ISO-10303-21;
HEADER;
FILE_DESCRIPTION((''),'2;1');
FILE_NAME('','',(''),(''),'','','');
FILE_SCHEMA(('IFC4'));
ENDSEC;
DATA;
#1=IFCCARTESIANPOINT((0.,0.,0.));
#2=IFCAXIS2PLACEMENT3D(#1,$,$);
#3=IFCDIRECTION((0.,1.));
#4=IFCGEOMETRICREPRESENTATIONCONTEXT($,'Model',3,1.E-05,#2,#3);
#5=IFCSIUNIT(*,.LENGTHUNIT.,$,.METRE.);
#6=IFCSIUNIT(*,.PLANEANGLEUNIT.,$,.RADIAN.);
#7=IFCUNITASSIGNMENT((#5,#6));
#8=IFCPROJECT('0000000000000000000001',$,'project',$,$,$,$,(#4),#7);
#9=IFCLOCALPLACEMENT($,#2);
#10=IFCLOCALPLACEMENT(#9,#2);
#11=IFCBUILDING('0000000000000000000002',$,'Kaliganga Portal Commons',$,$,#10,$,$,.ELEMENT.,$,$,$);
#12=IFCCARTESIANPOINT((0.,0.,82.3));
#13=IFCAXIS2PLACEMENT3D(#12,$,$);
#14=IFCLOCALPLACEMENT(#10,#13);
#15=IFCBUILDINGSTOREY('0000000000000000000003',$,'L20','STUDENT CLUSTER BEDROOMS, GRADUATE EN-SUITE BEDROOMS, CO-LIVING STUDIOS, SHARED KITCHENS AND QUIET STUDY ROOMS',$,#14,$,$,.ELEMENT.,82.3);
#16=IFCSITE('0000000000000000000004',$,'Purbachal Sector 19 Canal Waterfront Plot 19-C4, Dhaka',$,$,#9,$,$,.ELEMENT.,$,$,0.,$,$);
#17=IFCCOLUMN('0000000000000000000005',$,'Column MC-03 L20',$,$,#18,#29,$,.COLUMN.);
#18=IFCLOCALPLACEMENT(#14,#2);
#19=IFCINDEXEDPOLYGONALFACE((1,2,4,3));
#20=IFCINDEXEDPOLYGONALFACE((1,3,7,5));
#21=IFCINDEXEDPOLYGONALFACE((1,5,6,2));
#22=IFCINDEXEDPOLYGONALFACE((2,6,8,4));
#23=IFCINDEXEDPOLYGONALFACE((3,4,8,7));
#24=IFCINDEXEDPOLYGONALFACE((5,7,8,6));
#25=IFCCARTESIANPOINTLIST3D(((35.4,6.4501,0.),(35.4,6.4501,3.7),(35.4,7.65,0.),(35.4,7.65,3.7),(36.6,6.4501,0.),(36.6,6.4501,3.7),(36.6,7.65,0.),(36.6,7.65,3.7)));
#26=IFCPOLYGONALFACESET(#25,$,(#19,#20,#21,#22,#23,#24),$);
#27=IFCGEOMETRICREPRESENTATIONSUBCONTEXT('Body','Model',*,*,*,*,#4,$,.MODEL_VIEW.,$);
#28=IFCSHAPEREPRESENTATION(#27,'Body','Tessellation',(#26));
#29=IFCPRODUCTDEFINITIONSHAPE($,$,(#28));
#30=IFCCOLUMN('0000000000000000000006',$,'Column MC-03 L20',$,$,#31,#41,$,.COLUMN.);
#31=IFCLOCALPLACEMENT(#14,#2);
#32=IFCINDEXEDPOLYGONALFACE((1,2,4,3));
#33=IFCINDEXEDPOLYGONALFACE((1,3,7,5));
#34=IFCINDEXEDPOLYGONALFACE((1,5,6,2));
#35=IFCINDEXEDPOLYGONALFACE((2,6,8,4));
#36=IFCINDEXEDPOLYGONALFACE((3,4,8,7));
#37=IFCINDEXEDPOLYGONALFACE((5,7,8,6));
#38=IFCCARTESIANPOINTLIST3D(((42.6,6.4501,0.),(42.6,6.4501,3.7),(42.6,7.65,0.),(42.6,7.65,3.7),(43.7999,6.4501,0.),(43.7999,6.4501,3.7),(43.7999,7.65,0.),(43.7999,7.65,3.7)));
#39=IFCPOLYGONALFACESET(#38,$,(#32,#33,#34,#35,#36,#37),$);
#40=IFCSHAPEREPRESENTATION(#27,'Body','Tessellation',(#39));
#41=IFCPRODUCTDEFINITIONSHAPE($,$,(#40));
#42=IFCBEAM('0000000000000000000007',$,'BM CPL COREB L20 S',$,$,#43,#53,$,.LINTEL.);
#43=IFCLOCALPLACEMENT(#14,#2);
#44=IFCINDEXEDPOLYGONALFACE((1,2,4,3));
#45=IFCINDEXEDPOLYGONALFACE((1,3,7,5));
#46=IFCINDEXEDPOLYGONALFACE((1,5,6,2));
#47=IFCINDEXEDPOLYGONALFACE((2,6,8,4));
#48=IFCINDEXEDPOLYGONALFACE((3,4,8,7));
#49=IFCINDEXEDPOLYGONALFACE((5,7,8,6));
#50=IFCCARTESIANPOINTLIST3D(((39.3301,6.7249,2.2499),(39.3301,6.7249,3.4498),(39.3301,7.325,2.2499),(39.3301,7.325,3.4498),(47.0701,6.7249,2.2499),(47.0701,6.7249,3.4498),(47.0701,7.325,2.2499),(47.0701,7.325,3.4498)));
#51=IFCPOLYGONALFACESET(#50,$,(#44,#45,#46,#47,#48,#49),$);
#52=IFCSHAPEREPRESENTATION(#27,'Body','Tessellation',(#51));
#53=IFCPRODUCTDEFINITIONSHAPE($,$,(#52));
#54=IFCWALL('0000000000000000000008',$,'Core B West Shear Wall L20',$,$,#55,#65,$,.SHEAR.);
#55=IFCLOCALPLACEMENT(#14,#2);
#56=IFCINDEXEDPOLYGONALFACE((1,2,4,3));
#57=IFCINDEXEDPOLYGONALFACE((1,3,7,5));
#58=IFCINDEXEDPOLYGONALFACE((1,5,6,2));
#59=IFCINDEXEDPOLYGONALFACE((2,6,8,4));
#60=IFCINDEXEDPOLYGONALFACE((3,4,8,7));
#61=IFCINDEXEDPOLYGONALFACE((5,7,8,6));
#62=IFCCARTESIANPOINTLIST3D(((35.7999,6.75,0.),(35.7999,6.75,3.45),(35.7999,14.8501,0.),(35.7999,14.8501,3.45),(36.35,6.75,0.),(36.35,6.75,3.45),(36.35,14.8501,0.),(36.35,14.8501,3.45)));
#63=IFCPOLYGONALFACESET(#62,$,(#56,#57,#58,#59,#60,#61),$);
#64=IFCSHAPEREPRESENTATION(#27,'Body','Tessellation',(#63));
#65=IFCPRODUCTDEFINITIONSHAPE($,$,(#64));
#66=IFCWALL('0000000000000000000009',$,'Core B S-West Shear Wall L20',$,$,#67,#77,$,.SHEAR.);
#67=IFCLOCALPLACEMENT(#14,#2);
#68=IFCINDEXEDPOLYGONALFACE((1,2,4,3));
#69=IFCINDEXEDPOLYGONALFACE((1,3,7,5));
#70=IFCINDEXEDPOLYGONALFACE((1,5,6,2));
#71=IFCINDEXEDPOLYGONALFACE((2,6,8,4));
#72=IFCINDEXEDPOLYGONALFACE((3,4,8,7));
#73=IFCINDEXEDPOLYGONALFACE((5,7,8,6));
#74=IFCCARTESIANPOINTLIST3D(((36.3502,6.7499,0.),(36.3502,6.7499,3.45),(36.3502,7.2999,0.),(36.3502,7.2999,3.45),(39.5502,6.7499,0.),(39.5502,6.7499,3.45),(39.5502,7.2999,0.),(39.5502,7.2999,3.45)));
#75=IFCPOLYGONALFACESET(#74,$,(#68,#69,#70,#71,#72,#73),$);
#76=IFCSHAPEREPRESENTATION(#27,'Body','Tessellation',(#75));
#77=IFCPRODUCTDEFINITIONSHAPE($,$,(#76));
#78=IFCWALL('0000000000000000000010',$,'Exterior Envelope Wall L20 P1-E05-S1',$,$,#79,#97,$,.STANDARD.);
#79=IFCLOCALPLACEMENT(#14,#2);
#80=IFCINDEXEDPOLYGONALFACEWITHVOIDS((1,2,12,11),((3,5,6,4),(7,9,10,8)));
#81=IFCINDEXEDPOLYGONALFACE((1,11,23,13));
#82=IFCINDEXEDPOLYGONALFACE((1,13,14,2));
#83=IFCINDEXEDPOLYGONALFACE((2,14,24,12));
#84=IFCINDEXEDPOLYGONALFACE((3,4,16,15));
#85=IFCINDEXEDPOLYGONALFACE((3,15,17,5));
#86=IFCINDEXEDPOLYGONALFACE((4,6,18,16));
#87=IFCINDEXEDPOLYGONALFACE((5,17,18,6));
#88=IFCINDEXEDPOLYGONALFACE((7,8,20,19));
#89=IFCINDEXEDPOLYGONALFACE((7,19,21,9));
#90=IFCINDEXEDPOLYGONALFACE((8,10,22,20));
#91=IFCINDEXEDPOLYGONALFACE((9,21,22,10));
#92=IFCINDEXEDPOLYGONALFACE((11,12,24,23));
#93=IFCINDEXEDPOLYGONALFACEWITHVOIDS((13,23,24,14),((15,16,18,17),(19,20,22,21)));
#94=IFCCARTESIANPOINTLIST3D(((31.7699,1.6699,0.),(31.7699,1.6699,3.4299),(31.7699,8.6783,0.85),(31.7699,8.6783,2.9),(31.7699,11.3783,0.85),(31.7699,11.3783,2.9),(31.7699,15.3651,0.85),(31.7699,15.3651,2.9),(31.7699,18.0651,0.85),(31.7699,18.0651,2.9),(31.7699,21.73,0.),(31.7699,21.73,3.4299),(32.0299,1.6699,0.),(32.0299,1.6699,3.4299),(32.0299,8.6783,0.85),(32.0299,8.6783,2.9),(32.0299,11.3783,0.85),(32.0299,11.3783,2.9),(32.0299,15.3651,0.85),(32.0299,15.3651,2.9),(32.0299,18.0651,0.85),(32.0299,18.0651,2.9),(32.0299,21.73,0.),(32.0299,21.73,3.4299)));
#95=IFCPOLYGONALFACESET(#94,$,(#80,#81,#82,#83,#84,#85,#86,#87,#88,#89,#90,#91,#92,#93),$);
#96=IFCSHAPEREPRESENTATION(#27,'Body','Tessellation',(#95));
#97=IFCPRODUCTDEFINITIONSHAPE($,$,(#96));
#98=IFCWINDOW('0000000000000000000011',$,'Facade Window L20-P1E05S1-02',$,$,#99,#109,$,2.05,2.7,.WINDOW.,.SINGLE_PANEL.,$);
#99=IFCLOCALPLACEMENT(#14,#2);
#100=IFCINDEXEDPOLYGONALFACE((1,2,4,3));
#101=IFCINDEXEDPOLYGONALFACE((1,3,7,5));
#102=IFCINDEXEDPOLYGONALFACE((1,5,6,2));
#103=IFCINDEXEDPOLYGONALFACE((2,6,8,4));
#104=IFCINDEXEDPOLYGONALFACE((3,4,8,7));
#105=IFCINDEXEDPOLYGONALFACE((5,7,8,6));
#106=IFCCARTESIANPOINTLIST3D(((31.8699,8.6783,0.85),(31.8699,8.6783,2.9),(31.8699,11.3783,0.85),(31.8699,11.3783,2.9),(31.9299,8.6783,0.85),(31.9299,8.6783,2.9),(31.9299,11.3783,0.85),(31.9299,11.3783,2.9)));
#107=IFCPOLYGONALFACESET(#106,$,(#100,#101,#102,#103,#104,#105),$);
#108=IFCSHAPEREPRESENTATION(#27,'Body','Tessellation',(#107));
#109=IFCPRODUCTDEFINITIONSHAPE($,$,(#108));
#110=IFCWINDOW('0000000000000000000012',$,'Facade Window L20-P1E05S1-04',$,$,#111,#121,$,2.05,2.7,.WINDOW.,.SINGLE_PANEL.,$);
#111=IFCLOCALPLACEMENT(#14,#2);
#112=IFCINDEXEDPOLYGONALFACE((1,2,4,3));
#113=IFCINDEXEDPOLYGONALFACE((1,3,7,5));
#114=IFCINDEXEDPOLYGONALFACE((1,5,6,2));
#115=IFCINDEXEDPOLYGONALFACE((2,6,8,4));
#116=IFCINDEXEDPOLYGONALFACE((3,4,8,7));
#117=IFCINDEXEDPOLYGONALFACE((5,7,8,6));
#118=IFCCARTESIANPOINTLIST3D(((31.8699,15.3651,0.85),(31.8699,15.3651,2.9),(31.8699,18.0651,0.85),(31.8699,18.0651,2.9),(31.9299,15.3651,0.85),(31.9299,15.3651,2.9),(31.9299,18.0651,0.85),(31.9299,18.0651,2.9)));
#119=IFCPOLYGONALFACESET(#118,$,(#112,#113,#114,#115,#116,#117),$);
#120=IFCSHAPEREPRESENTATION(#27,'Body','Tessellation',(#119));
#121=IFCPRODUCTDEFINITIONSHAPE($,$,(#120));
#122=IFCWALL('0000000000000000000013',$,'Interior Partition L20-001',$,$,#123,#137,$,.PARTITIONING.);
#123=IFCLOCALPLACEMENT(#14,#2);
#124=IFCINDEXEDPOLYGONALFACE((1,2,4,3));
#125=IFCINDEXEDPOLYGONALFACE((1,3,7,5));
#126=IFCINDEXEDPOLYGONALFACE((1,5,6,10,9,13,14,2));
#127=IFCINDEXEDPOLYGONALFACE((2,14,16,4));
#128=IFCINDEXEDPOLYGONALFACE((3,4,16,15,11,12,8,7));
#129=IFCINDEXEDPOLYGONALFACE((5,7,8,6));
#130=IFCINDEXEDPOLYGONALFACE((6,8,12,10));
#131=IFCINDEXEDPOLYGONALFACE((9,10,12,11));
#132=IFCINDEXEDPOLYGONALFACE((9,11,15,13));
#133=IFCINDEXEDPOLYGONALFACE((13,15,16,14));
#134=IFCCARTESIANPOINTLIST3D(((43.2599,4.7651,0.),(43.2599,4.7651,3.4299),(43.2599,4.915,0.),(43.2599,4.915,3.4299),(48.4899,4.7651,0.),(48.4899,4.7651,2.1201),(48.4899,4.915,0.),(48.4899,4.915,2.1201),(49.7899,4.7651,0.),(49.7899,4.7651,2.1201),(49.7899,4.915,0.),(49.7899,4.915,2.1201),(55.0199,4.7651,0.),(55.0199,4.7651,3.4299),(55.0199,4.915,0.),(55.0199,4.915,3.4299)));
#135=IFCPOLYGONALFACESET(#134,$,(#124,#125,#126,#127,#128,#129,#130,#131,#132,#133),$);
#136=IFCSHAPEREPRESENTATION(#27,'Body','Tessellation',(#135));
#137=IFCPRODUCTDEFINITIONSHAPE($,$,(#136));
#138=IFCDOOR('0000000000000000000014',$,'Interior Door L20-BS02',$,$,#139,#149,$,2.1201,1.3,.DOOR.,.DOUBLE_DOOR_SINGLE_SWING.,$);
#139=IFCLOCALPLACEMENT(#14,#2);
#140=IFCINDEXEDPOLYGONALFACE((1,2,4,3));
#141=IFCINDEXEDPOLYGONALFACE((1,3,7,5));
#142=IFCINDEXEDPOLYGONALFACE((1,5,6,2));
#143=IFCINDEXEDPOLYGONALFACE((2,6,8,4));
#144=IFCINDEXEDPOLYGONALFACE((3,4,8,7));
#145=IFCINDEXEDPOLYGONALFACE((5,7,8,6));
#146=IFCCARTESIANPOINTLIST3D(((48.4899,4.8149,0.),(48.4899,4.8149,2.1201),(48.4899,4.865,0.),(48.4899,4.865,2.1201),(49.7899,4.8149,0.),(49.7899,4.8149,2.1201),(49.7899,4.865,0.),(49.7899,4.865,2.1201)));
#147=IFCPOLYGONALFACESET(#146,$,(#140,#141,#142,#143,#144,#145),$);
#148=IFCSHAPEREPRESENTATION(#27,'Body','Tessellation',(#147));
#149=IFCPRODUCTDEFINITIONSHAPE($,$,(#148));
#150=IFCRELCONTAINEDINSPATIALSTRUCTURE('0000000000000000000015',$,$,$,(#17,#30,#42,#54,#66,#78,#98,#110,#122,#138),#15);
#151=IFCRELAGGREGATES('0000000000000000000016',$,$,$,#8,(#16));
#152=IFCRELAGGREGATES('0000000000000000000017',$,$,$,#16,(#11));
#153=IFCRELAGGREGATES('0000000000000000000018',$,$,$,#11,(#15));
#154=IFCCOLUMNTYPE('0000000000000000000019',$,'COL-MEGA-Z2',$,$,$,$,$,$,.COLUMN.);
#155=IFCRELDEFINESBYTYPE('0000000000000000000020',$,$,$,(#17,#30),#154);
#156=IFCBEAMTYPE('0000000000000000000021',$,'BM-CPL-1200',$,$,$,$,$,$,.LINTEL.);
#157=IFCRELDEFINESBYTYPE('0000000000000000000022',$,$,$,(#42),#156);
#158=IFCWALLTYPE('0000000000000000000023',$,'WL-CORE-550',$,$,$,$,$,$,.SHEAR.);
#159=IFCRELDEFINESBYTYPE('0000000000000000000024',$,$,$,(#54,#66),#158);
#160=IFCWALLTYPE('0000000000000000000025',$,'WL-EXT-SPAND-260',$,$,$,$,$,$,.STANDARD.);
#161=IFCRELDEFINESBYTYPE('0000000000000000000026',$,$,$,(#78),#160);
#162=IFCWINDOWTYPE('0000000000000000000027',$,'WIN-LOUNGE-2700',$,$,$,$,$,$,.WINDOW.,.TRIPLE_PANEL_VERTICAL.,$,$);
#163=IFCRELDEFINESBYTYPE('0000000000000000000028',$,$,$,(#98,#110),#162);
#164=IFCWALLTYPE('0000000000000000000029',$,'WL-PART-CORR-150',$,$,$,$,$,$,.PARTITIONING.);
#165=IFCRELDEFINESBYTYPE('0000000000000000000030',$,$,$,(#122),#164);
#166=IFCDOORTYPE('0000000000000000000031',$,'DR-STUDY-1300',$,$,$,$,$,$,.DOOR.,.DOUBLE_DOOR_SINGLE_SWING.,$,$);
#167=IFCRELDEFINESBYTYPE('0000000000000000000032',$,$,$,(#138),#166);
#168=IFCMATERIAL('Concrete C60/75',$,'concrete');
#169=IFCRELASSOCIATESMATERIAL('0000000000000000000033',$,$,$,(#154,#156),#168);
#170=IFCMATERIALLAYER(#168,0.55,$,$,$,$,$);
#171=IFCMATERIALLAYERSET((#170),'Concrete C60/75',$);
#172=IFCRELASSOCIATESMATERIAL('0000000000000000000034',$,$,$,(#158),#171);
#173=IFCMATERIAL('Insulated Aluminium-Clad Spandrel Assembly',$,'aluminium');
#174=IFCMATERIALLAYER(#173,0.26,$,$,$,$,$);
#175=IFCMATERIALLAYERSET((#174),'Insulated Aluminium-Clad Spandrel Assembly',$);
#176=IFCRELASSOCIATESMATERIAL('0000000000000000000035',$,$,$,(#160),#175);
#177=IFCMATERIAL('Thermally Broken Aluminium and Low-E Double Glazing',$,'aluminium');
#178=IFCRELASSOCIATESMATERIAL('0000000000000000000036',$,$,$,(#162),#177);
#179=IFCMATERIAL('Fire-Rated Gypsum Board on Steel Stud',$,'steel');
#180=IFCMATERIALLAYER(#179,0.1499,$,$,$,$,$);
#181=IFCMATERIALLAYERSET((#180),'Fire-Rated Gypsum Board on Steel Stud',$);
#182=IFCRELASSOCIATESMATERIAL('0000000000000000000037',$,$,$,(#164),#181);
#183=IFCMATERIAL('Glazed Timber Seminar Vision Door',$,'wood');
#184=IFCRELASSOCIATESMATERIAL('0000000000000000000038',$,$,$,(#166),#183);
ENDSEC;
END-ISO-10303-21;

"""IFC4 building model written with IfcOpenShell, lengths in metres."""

from ifc_helpers import new_model, si_unit, direction, frame, frame_2d, origin, origin_2d, place, context, subcontext, project, spatial, rectangle, extrude, source, transform, mapped, material, layer, layer_set, material_profile, profile_set, type_object, element, fill, save


model = new_model("IFC4")

# Units and contexts
model_context = context("Model", 3, precision=1e-05, world=origin(), true_north=direction((0.0, 1.0)))
body_context = subcontext(model_context, "Body", "Model", "MODEL_VIEW")
ifc_project = project(units=[si_unit("LENGTHUNIT", "METRE"), si_unit("PLANEANGLEUNIT", "RADIAN")], contexts=[model_context])

# Site, building, storey
site_placement = place(None, origin())
site = spatial("IfcSite", under=ifc_project, at=site_placement, Name="Purbachal Sector 19 Canal Waterfront Plot 19-C4, Dhaka", CompositionType="ELEMENT", RefElevation=0.0)
building_placement = place(site_placement, origin())
building = spatial("IfcBuilding", under=site, at=building_placement, Name="Kaliganga Portal Commons", CompositionType="ELEMENT")
storey_placement = place(building_placement, frame((0.0, 0.0, 82.3)))
storey = spatial("IfcBuildingStorey", under=building, at=storey_placement, Name="L20", Description="STUDENT CLUSTER BEDROOMS, GRADUATE EN-SUITE BEDROOMS, CO-LIVING STUDIOS, SHARED KITCHENS AND QUIET STUDY ROOMS", CompositionType="ELEMENT", Elevation=82.3)

# Columns
ifc_material_1 = material(Name="Concrete C60/75", Category="concrete")
ifc_material_profile_1 = material_profile(ifc_material_1, rectangle(XDim=1.2, YDim=1.2, at=origin_2d()), Name="RC 1200x1200")
ifc_profile_set_1 = profile_set([ifc_material_profile_1], Name="Concrete C60/75")
column_type = type_object("IfcColumnType", Name="COL-MEGA-Z2", PredefinedType="COLUMN", material=ifc_profile_set_1)
shared_shape_1 = source(origin(), body_context, "Body", "SweptSolid", [
    extrude(rectangle(XDim=1.2, YDim=1.2, at=origin_2d()), origin(), (0.0, 0.0, 1.0), 3.7),
])
for number, where, z_axis, x_axis, name in (
    (1, (36.0, 7.05, 0.0), (0.0, 0.0, 1.0), (1.0, 0.0, 0.0), "Column MC-03 L20"),
    (2, (43.2, 7.05, 0.0), (0.0, 0.0, 1.0), (1.0, 0.0, 0.0), "Column MC-03 L20"),
):
    element("IfcColumn", number, at=place(storey_placement, frame(where, z_axis=z_axis, x_axis=x_axis)), inside=storey, type_object=column_type, Name=name, PredefinedType="COLUMN", context=body_context, shape_type="MappedRepresentation", body=[
        mapped(shared_shape_1, transform((0.0, 0.0, 0.0), x_axis=(1.0, 0.0, 0.0), y_axis=(0.0, 1.0, 0.0), z_axis=(0.0, 0.0, 1.0), scale=1.0)),
    ])

# Beam
ifc_material_profile_2 = material_profile(ifc_material_1, rectangle(XDim=0.6001, YDim=1.2, at=origin_2d()), Name="RC 600x1200")
ifc_profile_set_2 = profile_set([ifc_material_profile_2], Name="Concrete C60/75")
beam_type = type_object("IfcBeamType", Name="BM-CPL-1200", PredefinedType="LINTEL", material=ifc_profile_set_2)
shared_shape_2 = source(origin(), body_context, "Body", "SweptSolid", [
    extrude(rectangle(XDim=0.6001, YDim=1.2, at=origin_2d()), origin(), (0.0, 0.0, 1.0), 7.74),
])
beam_placement = place(storey_placement, frame((39.3301, 7.0249, 2.8499), z_axis=(1.0, 0.0, 0.0), x_axis=(0.0, 1.0, 0.0)))
element("IfcBeam", 3, at=beam_placement, inside=storey, type_object=beam_type, Name="BM CPL COREB L20 S", PredefinedType="LINTEL", context=body_context, shape_type="MappedRepresentation", body=[
    mapped(shared_shape_2, transform((0.0, 0.0, 0.0), x_axis=(1.0, 0.0, 0.0), y_axis=(0.0, 1.0, 0.0), z_axis=(0.0, 0.0, 1.0), scale=1.0)),
])

# Walls
ifc_layer_1 = layer(ifc_material_1, 0.55)
ifc_layer_set_1 = layer_set([ifc_layer_1], Name="Concrete C60/75")
wall_type_1 = type_object("IfcWallType", Name="WL-CORE-550", PredefinedType="SHEAR", material=ifc_layer_set_1)
wall_1_placement = place(storey_placement, frame((36.075, 6.75, 0.0), z_axis=(0.0, 0.0, 1.0), x_axis=(0.0, 1.0, 0.0)))
element("IfcWall", 4, at=wall_1_placement, inside=storey, type_object=wall_type_1, Name="Core B West Shear Wall L20", PredefinedType="SHEAR", context=body_context, shape_type="SweptSolid", body=[
    extrude(rectangle(XDim=8.1001, YDim=0.55, at=frame_2d((4.05, 0.0))), origin(), (0.0, 0.0, 1.0), 3.45),
])
wall_2_placement = place(storey_placement, frame((36.3501, 7.0249, 0.0), z_axis=(0.0, 0.0, 1.0), x_axis=(1.0, 0.0, 0.0)))
element("IfcWall", 5, at=wall_2_placement, inside=storey, type_object=wall_type_1, Name="Core B S-West Shear Wall L20", PredefinedType="SHEAR", context=body_context, shape_type="SweptSolid", body=[
    extrude(rectangle(XDim=3.2, YDim=0.55, at=frame_2d((1.6001, 0.0))), origin(), (0.0, 0.0, 1.0), 3.45),
])

# Wall, openings, windows
ifc_material_2 = material(Name="Insulated Aluminium-Clad Spandrel Assembly", Category="aluminium")
ifc_layer_2 = layer(ifc_material_2, 0.26)
ifc_layer_set_2 = layer_set([ifc_layer_2], Name="Insulated Aluminium-Clad Spandrel Assembly")
wall_type_2 = type_object("IfcWallType", Name="WL-EXT-SPAND-260", PredefinedType="STANDARD", material=ifc_layer_set_2)
wall_3_placement = place(storey_placement, frame((31.8999, 1.6699, 0.0), z_axis=(0.0, 0.0, 1.0), x_axis=(0.0, 1.0, 0.0)))
wall_3 = element("IfcWall", 6, at=wall_3_placement, inside=storey, type_object=wall_type_2, Name="Exterior Envelope Wall L20 P1-E05-S1", PredefinedType="STANDARD", context=body_context, shape_type="SweptSolid", body=[
    extrude(rectangle(XDim=20.0601, YDim=0.26, at=frame_2d((10.03, 0.0))), origin(), (0.0, 0.0, 1.0), 3.4299),
])
opening_1_placement = place(wall_3_placement, frame((7.0083, 0.0, 0.8501)))
opening_1 = element("IfcOpeningElement", 7, at=opening_1_placement, cuts=wall_3, PredefinedType="OPENING", context=body_context, shape_type="SweptSolid", body=[
    extrude(rectangle(XDim=2.7, YDim=2.05, at=frame_2d((1.3501, 1.0249))), frame((0.0, 0.1401, 0.0), z_axis=(0.0, -1.0, 0.0), x_axis=(1.0, 0.0, 0.0)), (0.0, 0.0, 1.0), 0.28),
])
opening_2_placement = place(wall_3_placement, frame((13.6951, 0.0, 0.8501)))
opening_2 = element("IfcOpeningElement", 8, at=opening_2_placement, cuts=wall_3, PredefinedType="OPENING", context=body_context, shape_type="SweptSolid", body=[
    extrude(rectangle(XDim=2.7, YDim=2.05, at=frame_2d((1.3501, 1.0249))), frame((0.0, 0.1401, 0.0), z_axis=(0.0, -1.0, 0.0), x_axis=(1.0, 0.0, 0.0)), (0.0, 0.0, 1.0), 0.28),
])
ifc_material_3 = material(Name="Thermally Broken Aluminium and Low-E Double Glazing", Category="aluminium")
window_type = type_object("IfcWindowType", Name="WIN-LOUNGE-2700", PartitioningType="TRIPLE_PANEL_VERTICAL", PredefinedType="WINDOW", material=ifc_material_3)
window_1_placement = place(opening_1_placement, origin())
window_1 = element("IfcWindow", 9, at=window_1_placement, inside=storey, type_object=window_type, Name="Facade Window L20-P1E05S1-02", OverallHeight=2.05, OverallWidth=2.7, PartitioningType="SINGLE_PANEL", PredefinedType="WINDOW", context=body_context, shape_type="SweptSolid", body=[
    extrude(rectangle(XDim=2.7, YDim=2.05, at=frame_2d((1.3501, 1.0249))), frame((0.0, 0.03, 0.0), z_axis=(0.0, -1.0, 0.0), x_axis=(1.0, 0.0, 0.0)), (0.0, 0.0, 1.0), 0.0601),
])
fill(opening_1, window_1)
window_2_placement = place(opening_2_placement, origin())
window_2 = element("IfcWindow", 10, at=window_2_placement, inside=storey, type_object=window_type, Name="Facade Window L20-P1E05S1-04", OverallHeight=2.05, OverallWidth=2.7, PartitioningType="SINGLE_PANEL", PredefinedType="WINDOW", context=body_context, shape_type="SweptSolid", body=[
    extrude(rectangle(XDim=2.7, YDim=2.05, at=frame_2d((1.3501, 1.0249))), frame((0.0, 0.03, 0.0), z_axis=(0.0, -1.0, 0.0), x_axis=(1.0, 0.0, 0.0)), (0.0, 0.0, 1.0), 0.0601),
])
fill(opening_2, window_2)

# Wall, opening, door
ifc_material_4 = material(Name="Fire-Rated Gypsum Board on Steel Stud", Category="steel")
ifc_layer_3 = layer(ifc_material_4, 0.1499)
ifc_layer_set_3 = layer_set([ifc_layer_3], Name="Fire-Rated Gypsum Board on Steel Stud")
wall_type_3 = type_object("IfcWallType", Name="WL-PART-CORR-150", PredefinedType="PARTITIONING", material=ifc_layer_set_3)
wall_4_placement = place(storey_placement, frame((43.26, 4.8401, 0.0), z_axis=(0.0, 0.0, 1.0), x_axis=(1.0, 0.0, 0.0)))
wall_4 = element("IfcWall", 11, at=wall_4_placement, inside=storey, type_object=wall_type_3, Name="Interior Partition L20-001", PredefinedType="PARTITIONING", context=body_context, shape_type="SweptSolid", body=[
    extrude(rectangle(XDim=11.76, YDim=0.1499, at=frame_2d((5.8799, 0.0))), origin(), (0.0, 0.0, 1.0), 3.4299),
])
opening_3_placement = place(wall_4_placement, frame((5.23, 0.0, 0.0)))
opening_3 = element("IfcOpeningElement", 12, at=opening_3_placement, cuts=wall_4, PredefinedType="OPENING", context=body_context, shape_type="SweptSolid", body=[
    extrude(rectangle(XDim=1.3, YDim=2.1201, at=frame_2d((0.6499, 1.0601))), frame((0.0, 0.085, 0.0), z_axis=(0.0, -1.0, 0.0), x_axis=(1.0, 0.0, 0.0)), (0.0, 0.0, 1.0), 0.1699),
])
ifc_material_5 = material(Name="Glazed Timber Seminar Vision Door", Category="wood")
door_type_1 = type_object("IfcDoorType", Name="DR-STUDY-1300", OperationType="DOUBLE_DOOR_SINGLE_SWING", PredefinedType="DOOR", material=ifc_material_5)
door_1_placement = place(opening_3_placement, origin())
door_1 = element("IfcDoor", 13, at=door_1_placement, inside=storey, type_object=door_type_1, Name="Interior Door L20-BS02", OperationType="DOUBLE_DOOR_SINGLE_SWING", OverallHeight=2.1201, OverallWidth=1.3, PredefinedType="DOOR", context=body_context, shape_type="SweptSolid", body=[
    extrude(rectangle(XDim=1.3, YDim=2.1201, at=frame_2d((0.6499, 1.0601))), frame((0.0, 0.0249, 0.0), z_axis=(0.0, -1.0, 0.0), x_axis=(1.0, 0.0, 0.0)), (0.0, 0.0, 1.0), 0.05),
])
fill(opening_3, door_1)

save(model, "model.ifc")
